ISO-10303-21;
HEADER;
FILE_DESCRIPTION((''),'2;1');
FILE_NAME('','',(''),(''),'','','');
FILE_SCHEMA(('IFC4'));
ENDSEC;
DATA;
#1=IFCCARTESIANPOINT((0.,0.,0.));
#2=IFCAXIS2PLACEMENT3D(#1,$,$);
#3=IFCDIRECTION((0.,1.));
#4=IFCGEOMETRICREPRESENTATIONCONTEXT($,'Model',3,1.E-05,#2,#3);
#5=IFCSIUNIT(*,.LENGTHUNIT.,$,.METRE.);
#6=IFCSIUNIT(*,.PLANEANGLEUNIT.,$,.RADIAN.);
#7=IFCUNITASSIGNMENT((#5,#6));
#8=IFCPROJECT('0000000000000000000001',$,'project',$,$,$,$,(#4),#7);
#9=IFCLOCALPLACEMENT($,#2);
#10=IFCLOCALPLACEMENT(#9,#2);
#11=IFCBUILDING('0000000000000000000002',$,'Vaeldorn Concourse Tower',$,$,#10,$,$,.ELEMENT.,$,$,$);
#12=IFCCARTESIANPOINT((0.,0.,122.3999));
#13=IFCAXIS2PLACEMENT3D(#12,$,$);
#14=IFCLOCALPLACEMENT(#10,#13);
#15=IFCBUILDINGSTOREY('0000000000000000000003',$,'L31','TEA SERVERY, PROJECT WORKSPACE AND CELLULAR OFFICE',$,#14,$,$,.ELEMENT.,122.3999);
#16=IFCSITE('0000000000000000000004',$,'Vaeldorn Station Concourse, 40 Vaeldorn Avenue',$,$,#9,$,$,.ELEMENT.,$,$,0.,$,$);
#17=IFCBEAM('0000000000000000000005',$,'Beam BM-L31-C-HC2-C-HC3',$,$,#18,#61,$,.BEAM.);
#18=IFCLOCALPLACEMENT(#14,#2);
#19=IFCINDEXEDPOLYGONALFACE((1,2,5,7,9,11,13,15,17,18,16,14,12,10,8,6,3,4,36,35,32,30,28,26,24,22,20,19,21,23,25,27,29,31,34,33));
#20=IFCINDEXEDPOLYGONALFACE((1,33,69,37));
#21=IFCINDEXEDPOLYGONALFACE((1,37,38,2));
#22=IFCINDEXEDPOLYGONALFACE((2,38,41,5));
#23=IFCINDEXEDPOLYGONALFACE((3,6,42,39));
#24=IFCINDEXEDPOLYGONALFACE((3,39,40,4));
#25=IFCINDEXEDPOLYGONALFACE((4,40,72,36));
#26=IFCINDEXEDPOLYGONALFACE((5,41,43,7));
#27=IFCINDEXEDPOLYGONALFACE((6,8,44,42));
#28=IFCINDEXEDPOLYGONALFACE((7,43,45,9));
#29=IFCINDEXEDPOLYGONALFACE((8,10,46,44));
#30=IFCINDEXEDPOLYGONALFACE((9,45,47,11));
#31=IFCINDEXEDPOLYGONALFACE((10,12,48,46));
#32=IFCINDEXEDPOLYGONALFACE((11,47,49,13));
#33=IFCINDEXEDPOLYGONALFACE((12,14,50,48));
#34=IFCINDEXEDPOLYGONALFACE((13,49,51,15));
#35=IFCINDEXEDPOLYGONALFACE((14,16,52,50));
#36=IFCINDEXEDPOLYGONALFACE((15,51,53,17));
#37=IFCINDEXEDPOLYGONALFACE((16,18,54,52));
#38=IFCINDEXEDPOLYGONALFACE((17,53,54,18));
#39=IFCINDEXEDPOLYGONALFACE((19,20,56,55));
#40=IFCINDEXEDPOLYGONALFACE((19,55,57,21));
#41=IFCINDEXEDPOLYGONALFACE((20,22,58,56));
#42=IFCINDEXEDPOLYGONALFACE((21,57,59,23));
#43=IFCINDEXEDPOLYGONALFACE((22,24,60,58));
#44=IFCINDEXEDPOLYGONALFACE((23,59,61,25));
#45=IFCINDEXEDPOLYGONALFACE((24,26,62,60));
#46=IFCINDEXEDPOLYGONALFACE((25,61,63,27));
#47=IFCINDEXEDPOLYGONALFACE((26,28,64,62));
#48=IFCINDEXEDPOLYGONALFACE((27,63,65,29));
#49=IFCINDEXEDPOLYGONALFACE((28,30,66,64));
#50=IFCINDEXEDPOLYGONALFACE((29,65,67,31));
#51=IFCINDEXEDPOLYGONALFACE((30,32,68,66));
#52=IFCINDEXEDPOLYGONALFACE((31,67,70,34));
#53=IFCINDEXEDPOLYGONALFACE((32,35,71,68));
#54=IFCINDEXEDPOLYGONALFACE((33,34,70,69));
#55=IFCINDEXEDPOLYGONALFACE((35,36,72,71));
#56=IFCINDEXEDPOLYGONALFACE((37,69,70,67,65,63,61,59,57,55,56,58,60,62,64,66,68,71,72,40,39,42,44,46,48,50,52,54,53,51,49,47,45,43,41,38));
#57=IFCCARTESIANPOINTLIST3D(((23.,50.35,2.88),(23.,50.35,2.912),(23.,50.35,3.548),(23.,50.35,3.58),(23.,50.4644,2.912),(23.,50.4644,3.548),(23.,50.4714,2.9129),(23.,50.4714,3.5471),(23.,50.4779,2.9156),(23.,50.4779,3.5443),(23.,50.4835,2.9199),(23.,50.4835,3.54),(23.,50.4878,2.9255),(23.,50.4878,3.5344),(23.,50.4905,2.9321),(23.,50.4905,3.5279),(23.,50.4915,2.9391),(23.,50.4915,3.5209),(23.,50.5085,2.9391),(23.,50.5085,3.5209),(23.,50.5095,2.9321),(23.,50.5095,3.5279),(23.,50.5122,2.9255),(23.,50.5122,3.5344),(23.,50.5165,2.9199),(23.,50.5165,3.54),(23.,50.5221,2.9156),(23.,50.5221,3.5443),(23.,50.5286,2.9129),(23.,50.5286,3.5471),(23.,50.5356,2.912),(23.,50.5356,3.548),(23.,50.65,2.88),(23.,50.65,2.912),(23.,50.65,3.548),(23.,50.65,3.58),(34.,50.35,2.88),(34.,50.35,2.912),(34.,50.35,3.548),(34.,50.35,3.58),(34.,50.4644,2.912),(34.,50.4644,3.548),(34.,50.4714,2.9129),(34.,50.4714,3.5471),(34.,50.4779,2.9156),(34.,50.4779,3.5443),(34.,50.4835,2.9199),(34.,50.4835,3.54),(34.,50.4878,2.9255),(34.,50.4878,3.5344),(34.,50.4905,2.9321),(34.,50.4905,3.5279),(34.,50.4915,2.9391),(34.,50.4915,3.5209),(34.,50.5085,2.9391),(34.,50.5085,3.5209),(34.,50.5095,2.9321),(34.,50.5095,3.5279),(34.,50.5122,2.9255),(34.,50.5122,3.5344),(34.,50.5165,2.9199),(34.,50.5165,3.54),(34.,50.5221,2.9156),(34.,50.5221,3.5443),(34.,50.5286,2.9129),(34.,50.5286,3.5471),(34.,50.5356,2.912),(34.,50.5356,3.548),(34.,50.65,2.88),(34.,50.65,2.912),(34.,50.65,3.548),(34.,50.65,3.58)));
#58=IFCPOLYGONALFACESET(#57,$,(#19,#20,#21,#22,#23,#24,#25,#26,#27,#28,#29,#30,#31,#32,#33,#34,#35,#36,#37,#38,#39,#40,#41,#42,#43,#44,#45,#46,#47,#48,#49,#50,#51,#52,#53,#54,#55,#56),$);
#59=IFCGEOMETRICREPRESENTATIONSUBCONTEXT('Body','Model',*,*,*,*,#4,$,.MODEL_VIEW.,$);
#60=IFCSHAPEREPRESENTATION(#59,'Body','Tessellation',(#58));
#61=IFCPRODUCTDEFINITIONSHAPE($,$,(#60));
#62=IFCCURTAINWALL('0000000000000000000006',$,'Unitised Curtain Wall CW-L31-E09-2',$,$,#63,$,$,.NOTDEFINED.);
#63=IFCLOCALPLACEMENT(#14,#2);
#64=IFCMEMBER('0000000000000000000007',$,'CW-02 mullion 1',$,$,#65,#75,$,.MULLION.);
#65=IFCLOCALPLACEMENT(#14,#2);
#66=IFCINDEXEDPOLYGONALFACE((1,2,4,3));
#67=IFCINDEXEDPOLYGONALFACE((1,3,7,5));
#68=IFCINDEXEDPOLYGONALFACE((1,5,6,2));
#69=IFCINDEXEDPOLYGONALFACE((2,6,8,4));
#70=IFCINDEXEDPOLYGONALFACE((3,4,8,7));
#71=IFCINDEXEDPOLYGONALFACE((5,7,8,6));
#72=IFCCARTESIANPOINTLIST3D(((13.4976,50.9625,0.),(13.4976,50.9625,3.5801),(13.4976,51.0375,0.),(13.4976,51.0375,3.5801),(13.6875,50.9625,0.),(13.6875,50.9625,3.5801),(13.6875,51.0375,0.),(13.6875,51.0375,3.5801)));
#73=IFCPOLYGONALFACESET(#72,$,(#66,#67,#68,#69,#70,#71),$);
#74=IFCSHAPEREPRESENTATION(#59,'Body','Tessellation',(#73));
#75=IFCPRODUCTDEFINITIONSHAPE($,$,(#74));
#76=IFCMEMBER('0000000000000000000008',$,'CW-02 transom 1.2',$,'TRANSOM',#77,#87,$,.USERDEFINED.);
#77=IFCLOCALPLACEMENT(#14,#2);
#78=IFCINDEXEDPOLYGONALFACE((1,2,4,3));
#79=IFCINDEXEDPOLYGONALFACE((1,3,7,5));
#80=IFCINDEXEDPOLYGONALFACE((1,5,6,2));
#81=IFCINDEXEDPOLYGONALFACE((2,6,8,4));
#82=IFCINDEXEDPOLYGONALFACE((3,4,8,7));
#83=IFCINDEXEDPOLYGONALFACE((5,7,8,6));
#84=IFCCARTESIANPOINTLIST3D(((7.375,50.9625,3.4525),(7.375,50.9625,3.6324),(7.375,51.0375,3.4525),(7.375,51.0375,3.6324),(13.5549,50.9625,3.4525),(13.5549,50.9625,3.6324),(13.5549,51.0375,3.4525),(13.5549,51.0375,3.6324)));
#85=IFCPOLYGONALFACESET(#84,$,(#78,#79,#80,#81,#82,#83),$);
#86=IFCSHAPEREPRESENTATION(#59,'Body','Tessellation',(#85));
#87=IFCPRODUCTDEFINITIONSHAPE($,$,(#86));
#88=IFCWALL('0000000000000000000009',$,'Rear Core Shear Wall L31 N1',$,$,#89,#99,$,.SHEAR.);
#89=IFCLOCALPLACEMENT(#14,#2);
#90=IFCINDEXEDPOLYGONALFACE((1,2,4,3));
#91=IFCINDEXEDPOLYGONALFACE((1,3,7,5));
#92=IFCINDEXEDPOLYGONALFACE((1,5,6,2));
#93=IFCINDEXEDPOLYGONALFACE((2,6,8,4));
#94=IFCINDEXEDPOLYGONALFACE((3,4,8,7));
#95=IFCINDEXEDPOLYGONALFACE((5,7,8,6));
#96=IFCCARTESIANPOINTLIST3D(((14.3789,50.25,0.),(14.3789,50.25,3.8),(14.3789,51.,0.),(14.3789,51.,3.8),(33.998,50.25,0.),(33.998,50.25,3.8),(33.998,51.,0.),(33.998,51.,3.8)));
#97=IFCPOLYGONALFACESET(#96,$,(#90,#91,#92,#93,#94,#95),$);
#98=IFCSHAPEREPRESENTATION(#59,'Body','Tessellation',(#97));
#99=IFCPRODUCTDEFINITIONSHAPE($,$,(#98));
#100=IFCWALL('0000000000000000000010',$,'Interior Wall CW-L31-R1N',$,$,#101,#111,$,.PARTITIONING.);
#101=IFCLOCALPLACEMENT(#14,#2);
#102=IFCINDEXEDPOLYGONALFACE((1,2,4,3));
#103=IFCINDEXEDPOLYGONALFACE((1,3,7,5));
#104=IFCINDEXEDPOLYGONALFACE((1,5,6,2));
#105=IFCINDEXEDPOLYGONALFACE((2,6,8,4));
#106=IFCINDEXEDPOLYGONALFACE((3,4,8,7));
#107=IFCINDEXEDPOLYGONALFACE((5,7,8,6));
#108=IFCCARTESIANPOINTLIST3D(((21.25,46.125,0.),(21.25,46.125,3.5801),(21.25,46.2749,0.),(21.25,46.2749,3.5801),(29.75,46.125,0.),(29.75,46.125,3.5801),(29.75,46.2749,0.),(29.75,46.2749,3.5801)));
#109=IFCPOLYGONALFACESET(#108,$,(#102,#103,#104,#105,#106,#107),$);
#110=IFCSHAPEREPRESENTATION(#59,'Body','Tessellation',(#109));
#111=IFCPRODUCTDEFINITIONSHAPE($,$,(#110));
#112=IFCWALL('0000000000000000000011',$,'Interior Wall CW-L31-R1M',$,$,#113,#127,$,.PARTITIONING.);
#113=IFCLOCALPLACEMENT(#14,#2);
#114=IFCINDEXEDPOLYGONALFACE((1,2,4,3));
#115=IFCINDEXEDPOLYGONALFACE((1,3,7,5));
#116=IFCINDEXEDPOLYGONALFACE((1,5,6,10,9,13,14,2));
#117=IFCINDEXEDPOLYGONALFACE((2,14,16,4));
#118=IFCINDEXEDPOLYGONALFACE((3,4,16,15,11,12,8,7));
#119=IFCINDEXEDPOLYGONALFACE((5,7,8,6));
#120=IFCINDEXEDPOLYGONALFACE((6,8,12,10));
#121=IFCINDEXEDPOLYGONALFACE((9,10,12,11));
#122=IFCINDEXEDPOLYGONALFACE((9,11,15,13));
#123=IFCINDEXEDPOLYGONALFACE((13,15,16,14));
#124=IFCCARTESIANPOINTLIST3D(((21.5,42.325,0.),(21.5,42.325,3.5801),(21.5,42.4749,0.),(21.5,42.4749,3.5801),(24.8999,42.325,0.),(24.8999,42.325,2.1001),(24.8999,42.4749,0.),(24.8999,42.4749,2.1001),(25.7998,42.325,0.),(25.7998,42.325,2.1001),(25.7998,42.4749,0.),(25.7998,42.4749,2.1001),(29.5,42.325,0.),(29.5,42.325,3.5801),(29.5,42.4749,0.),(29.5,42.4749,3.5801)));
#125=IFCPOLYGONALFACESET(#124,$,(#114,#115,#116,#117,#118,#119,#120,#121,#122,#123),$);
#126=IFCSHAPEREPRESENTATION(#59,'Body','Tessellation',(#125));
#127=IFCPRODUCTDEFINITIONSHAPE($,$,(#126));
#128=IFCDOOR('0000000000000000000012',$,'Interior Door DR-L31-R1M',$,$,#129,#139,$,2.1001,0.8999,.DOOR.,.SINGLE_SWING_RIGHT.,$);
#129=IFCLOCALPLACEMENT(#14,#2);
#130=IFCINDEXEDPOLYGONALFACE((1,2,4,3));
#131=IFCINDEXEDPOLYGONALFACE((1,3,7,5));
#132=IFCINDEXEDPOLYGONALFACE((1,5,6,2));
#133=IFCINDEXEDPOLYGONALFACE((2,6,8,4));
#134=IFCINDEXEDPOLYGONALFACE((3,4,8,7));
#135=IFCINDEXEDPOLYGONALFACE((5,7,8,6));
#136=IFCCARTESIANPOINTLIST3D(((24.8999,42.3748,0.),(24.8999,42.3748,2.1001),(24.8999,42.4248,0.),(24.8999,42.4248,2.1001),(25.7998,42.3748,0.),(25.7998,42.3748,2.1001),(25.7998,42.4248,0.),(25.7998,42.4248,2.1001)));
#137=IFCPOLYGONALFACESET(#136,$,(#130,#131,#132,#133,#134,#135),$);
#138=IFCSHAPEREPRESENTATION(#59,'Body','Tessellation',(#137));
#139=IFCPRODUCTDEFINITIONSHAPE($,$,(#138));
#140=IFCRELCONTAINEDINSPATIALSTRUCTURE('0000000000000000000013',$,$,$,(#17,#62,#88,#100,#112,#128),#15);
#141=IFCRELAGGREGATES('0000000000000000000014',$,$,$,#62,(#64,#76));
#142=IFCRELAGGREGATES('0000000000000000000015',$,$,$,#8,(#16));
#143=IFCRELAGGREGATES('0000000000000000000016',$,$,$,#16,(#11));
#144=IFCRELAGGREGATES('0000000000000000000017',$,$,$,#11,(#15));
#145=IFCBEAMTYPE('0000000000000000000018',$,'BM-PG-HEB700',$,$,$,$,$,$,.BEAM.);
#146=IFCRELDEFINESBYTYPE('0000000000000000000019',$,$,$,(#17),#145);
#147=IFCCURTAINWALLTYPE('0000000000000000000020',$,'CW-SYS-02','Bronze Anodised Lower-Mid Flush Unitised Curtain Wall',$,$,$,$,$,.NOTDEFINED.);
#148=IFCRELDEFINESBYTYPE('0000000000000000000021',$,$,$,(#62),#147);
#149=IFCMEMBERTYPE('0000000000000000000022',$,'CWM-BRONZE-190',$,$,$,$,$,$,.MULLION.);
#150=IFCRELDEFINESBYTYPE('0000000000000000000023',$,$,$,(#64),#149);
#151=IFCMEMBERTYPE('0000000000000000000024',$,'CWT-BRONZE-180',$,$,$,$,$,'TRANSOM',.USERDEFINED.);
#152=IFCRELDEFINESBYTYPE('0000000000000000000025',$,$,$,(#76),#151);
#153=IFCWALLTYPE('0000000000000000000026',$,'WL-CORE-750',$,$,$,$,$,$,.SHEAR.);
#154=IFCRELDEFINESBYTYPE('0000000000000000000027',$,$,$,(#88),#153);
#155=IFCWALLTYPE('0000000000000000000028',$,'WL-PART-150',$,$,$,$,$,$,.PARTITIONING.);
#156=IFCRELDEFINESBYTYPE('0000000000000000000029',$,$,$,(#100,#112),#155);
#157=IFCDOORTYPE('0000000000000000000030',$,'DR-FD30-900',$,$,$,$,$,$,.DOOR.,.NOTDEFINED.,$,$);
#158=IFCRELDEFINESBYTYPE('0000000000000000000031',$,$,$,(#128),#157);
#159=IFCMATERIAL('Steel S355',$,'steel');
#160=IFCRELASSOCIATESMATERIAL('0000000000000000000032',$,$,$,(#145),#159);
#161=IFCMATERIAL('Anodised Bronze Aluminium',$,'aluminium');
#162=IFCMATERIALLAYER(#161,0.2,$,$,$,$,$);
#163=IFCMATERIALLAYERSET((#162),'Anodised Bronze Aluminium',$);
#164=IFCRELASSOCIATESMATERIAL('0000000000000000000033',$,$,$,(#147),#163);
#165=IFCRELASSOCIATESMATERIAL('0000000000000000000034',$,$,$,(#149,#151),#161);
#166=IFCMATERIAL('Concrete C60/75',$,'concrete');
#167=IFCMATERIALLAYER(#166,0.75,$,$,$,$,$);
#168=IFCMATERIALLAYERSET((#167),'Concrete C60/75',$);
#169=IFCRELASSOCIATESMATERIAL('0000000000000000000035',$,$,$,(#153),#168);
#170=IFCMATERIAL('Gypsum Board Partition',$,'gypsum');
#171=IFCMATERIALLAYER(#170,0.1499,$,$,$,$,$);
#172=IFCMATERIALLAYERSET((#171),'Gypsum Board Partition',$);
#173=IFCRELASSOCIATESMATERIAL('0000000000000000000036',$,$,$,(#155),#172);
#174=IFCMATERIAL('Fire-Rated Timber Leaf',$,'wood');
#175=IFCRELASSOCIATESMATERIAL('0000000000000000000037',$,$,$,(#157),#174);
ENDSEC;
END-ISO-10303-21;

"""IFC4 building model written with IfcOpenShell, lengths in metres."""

from ifc_helpers import new_model, si_unit, direction, frame, frame_2d, origin, origin_2d, place, context, subcontext, project, spatial, rectangle, i_section, extrude, source, transform, mapped, material, layer, layer_set, material_profile, profile_set, type_object, element, fill, aggregate, save


model = new_model("IFC4")

# Units and contexts
model_context = context("Model", 3, precision=1e-05, world=origin(), true_north=direction((0.0, 1.0)))
body_context = subcontext(model_context, "Body", "Model", "MODEL_VIEW")
ifc_project = project(units=[si_unit("LENGTHUNIT", "METRE"), si_unit("PLANEANGLEUNIT", "RADIAN")], contexts=[model_context])

# Site, building, storey
site_placement = place(None, origin())
site = spatial("IfcSite", under=ifc_project, at=site_placement, Name="Vaeldorn Station Concourse, 40 Vaeldorn Avenue", CompositionType="ELEMENT", RefElevation=0.0)
building_placement = place(site_placement, origin())
building = spatial("IfcBuilding", under=site, at=building_placement, Name="Vaeldorn Concourse Tower", CompositionType="ELEMENT")
storey_placement = place(building_placement, frame((0.0, 0.0, 122.3999)))
storey = spatial("IfcBuildingStorey", under=building, at=storey_placement, Name="L31", Description="TEA SERVERY, PROJECT WORKSPACE AND CELLULAR OFFICE", CompositionType="ELEMENT", Elevation=122.3999)

# Beam
ifc_material_1 = material(Name="Steel S355", Category="steel")
ifc_material_profile_1 = material_profile(ifc_material_1, i_section(OverallWidth=0.3, OverallDepth=0.7, WebThickness=0.0171, FlangeThickness=0.032, FilletRadius=0.0271, at=origin_2d()), Name="HEB 700")
ifc_profile_set_1 = profile_set([ifc_material_profile_1], Name="Steel S355")
beam_type_1 = type_object("IfcBeamType", Name="BM-PG-HEB700", PredefinedType="BEAM", material=ifc_profile_set_1)
shared_shape_1 = source(origin(), body_context, "Body", "SweptSolid", [
    extrude(i_section(OverallWidth=0.3, OverallDepth=0.7, WebThickness=0.0171, FlangeThickness=0.032, FilletRadius=0.0271, at=origin_2d()), origin(), (0.0, 0.0, 1.0), 11.0),
])
beam_1_placement = place(storey_placement, frame((23.0, 50.5, 3.23), z_axis=(1.0, 0.0, 0.0), x_axis=(0.0, 1.0, 0.0)))
element("IfcBeam", 1, at=beam_1_placement, inside=storey, type_object=beam_type_1, Name="Beam BM-L31-C-HC2-C-HC3", PredefinedType="BEAM", context=body_context, shape_type="MappedRepresentation", body=[
    mapped(shared_shape_1, transform((0.0, 0.0, 0.0), scale=1.0)),
])

# Curtain wall, members
ifc_material_2 = material(Name="Anodised Bronze Aluminium", Category="aluminium")
ifc_layer_1 = layer(ifc_material_2, 0.2)
ifc_layer_set_1 = layer_set([ifc_layer_1], Name="Anodised Bronze Aluminium")
curtain_wall_type = type_object("IfcCurtainWallType", Name="CW-SYS-02", Description="Bronze Anodised Lower-Mid Flush Unitised Curtain Wall", PredefinedType="NOTDEFINED", material=ifc_layer_set_1)
curtain_wall_placement = place(storey_placement, origin())
curtain_wall = element("IfcCurtainWall", 2, at=curtain_wall_placement, inside=storey, type_object=curtain_wall_type, Name="Unitised Curtain Wall CW-L31-E09-2", PredefinedType="NOTDEFINED")
ifc_material_profile_2 = material_profile(ifc_material_2, rectangle(XDim=0.075, YDim=0.1899, at=origin_2d()), Name="CWM 75x190")
ifc_profile_set_2 = profile_set([ifc_material_profile_2], Name="Anodised Bronze Aluminium")
member_type_1 = type_object("IfcMemberType", Name="CWM-BRONZE-190", PredefinedType="MULLION", material=ifc_profile_set_2)
shared_shape_2 = source(origin(), body_context, "Body", "SweptSolid", [
    extrude(rectangle(XDim=0.075, YDim=0.1899, at=origin_2d()), origin(), (0.0, 0.0, 1.0), 3.5801),
])
member_1_placement = place(storey_placement, frame((13.5925, 51.0, 0.0), z_axis=(0.0, 0.0, 1.0), x_axis=(0.0, -1.0, 0.0)))
member_1 = element("IfcMember", 3, at=member_1_placement, type_object=member_type_1, Name="CW-02 mullion 1", PredefinedType="MULLION", context=body_context, shape_type="MappedRepresentation", body=[
    mapped(shared_shape_2, transform((0.0, 0.0, 0.0), scale=1.0)),
])
ifc_material_profile_3 = material_profile(ifc_material_2, rectangle(XDim=0.075, YDim=0.1799, at=origin_2d()), Name="CWT 75x180")
ifc_profile_set_3 = profile_set([ifc_material_profile_3], Name="Anodised Bronze Aluminium")
member_type_2 = type_object("IfcMemberType", Name="CWT-BRONZE-180", ElementType="TRANSOM", PredefinedType="USERDEFINED", material=ifc_profile_set_3)
shared_shape_3 = source(origin(), body_context, "Body", "SweptSolid", [
    extrude(rectangle(XDim=0.075, YDim=0.1799, at=origin_2d()), origin(), (0.0, 0.0, 1.0), 6.1799),
])
member_2_placement = place(storey_placement, frame((13.5549, 51.0, 3.5425), z_axis=(-1.0, 0.0, 0.0), x_axis=(0.0, -1.0, 0.0)))
member_2 = element("IfcMember", 4, at=member_2_placement, type_object=member_type_2, Name="CW-02 transom 1.2", ObjectType="TRANSOM", PredefinedType="USERDEFINED", context=body_context, shape_type="MappedRepresentation", body=[
    mapped(shared_shape_3, transform((0.0, 0.0, 0.0), scale=1.0)),
])
aggregate(curtain_wall, [member_1, member_2])

# Walls
ifc_material_3 = material(Name="Concrete C60/75", Category="concrete")
ifc_layer_2 = layer(ifc_material_3, 0.75)
ifc_layer_set_2 = layer_set([ifc_layer_2], Name="Concrete C60/75")
wall_type_1 = type_object("IfcWallType", Name="WL-CORE-750", PredefinedType="SHEAR", material=ifc_layer_set_2)
wall_1_placement = place(storey_placement, frame((14.3789, 50.625, 0.0), z_axis=(0.0, 0.0, 1.0), x_axis=(1.0, 0.0, 0.0)))
element("IfcWall", 5, at=wall_1_placement, inside=storey, type_object=wall_type_1, Name="Rear Core Shear Wall L31 N1", PredefinedType="SHEAR", context=body_context, shape_type="SweptSolid", body=[
    extrude(rectangle(XDim=19.6191, YDim=0.75, at=frame_2d((9.8096, 0.0))), origin(), (0.0, 0.0, 1.0), 3.8),
])
ifc_material_4 = material(Name="Gypsum Board Partition", Category="gypsum")
ifc_layer_3 = layer(ifc_material_4, 0.1499)
ifc_layer_set_3 = layer_set([ifc_layer_3], Name="Gypsum Board Partition")
wall_type_2 = type_object("IfcWallType", Name="WL-PART-150", PredefinedType="PARTITIONING", material=ifc_layer_set_3)
wall_2_placement = place(storey_placement, frame((21.25, 46.2, 0.0), z_axis=(0.0, 0.0, 1.0), x_axis=(1.0, 0.0, 0.0)))
element("IfcWall", 6, at=wall_2_placement, inside=storey, type_object=wall_type_2, Name="Interior Wall CW-L31-R1N", PredefinedType="PARTITIONING", context=body_context, shape_type="SweptSolid", body=[
    extrude(rectangle(XDim=8.5, YDim=0.1499, at=frame_2d((4.25, 0.0))), origin(), (0.0, 0.0, 1.0), 3.5801),
])

# Wall, opening, door
wall_3_placement = place(storey_placement, frame((21.5, 42.3999, 0.0), z_axis=(0.0, 0.0, 1.0), x_axis=(1.0, 0.0, 0.0)))
wall_3 = element("IfcWall", 7, at=wall_3_placement, inside=storey, type_object=wall_type_2, Name="Interior Wall CW-L31-R1M", PredefinedType="PARTITIONING", context=body_context, shape_type="SweptSolid", body=[
    extrude(rectangle(XDim=8.0, YDim=0.1499, at=frame_2d((4.0, 0.0))), origin(), (0.0, 0.0, 1.0), 3.5801),
])
opening_1_placement = place(wall_3_placement, frame((3.3999, 0.0, 0.0)))
opening_1 = element("IfcOpeningElement", 8, at=opening_1_placement, cuts=wall_3, PredefinedType="OPENING", context=body_context, shape_type="SweptSolid", body=[
    extrude(rectangle(XDim=0.8999, YDim=2.1001, at=frame_2d((0.45, 1.05))), frame((0.0, 0.085, 0.0), z_axis=(0.0, -1.0, 0.0), x_axis=(1.0, 0.0, 0.0)), (0.0, 0.0, 1.0), 0.1699),
])
ifc_material_5 = material(Name="Fire-Rated Timber Leaf", Category="wood")
door_type_1 = type_object("IfcDoorType", Name="DR-FD30-900", OperationType="NOTDEFINED", PredefinedType="DOOR", material=ifc_material_5)
shared_shape_4 = source(origin(), body_context, "Body", "SweptSolid", [
    extrude(rectangle(XDim=0.8999, YDim=2.1001, at=frame_2d((0.45, 1.05))), frame((0.0, 0.0249, 0.0), z_axis=(0.0, -1.0, 0.0), x_axis=(1.0, 0.0, 0.0)), (0.0, 0.0, 1.0), 0.05),
])
door_1_placement = place(opening_1_placement, origin())
door_1 = element("IfcDoor", 9, at=door_1_placement, inside=storey, type_object=door_type_1, Name="Interior Door DR-L31-R1M", OperationType="SINGLE_SWING_RIGHT", OverallHeight=2.1001, OverallWidth=0.8999, PredefinedType="DOOR", context=body_context, shape_type="MappedRepresentation", body=[
    mapped(shared_shape_4, transform((0.0, 0.0, 0.0), scale=1.0)),
])
fill(opening_1, door_1)

save(model, "model.ifc")
